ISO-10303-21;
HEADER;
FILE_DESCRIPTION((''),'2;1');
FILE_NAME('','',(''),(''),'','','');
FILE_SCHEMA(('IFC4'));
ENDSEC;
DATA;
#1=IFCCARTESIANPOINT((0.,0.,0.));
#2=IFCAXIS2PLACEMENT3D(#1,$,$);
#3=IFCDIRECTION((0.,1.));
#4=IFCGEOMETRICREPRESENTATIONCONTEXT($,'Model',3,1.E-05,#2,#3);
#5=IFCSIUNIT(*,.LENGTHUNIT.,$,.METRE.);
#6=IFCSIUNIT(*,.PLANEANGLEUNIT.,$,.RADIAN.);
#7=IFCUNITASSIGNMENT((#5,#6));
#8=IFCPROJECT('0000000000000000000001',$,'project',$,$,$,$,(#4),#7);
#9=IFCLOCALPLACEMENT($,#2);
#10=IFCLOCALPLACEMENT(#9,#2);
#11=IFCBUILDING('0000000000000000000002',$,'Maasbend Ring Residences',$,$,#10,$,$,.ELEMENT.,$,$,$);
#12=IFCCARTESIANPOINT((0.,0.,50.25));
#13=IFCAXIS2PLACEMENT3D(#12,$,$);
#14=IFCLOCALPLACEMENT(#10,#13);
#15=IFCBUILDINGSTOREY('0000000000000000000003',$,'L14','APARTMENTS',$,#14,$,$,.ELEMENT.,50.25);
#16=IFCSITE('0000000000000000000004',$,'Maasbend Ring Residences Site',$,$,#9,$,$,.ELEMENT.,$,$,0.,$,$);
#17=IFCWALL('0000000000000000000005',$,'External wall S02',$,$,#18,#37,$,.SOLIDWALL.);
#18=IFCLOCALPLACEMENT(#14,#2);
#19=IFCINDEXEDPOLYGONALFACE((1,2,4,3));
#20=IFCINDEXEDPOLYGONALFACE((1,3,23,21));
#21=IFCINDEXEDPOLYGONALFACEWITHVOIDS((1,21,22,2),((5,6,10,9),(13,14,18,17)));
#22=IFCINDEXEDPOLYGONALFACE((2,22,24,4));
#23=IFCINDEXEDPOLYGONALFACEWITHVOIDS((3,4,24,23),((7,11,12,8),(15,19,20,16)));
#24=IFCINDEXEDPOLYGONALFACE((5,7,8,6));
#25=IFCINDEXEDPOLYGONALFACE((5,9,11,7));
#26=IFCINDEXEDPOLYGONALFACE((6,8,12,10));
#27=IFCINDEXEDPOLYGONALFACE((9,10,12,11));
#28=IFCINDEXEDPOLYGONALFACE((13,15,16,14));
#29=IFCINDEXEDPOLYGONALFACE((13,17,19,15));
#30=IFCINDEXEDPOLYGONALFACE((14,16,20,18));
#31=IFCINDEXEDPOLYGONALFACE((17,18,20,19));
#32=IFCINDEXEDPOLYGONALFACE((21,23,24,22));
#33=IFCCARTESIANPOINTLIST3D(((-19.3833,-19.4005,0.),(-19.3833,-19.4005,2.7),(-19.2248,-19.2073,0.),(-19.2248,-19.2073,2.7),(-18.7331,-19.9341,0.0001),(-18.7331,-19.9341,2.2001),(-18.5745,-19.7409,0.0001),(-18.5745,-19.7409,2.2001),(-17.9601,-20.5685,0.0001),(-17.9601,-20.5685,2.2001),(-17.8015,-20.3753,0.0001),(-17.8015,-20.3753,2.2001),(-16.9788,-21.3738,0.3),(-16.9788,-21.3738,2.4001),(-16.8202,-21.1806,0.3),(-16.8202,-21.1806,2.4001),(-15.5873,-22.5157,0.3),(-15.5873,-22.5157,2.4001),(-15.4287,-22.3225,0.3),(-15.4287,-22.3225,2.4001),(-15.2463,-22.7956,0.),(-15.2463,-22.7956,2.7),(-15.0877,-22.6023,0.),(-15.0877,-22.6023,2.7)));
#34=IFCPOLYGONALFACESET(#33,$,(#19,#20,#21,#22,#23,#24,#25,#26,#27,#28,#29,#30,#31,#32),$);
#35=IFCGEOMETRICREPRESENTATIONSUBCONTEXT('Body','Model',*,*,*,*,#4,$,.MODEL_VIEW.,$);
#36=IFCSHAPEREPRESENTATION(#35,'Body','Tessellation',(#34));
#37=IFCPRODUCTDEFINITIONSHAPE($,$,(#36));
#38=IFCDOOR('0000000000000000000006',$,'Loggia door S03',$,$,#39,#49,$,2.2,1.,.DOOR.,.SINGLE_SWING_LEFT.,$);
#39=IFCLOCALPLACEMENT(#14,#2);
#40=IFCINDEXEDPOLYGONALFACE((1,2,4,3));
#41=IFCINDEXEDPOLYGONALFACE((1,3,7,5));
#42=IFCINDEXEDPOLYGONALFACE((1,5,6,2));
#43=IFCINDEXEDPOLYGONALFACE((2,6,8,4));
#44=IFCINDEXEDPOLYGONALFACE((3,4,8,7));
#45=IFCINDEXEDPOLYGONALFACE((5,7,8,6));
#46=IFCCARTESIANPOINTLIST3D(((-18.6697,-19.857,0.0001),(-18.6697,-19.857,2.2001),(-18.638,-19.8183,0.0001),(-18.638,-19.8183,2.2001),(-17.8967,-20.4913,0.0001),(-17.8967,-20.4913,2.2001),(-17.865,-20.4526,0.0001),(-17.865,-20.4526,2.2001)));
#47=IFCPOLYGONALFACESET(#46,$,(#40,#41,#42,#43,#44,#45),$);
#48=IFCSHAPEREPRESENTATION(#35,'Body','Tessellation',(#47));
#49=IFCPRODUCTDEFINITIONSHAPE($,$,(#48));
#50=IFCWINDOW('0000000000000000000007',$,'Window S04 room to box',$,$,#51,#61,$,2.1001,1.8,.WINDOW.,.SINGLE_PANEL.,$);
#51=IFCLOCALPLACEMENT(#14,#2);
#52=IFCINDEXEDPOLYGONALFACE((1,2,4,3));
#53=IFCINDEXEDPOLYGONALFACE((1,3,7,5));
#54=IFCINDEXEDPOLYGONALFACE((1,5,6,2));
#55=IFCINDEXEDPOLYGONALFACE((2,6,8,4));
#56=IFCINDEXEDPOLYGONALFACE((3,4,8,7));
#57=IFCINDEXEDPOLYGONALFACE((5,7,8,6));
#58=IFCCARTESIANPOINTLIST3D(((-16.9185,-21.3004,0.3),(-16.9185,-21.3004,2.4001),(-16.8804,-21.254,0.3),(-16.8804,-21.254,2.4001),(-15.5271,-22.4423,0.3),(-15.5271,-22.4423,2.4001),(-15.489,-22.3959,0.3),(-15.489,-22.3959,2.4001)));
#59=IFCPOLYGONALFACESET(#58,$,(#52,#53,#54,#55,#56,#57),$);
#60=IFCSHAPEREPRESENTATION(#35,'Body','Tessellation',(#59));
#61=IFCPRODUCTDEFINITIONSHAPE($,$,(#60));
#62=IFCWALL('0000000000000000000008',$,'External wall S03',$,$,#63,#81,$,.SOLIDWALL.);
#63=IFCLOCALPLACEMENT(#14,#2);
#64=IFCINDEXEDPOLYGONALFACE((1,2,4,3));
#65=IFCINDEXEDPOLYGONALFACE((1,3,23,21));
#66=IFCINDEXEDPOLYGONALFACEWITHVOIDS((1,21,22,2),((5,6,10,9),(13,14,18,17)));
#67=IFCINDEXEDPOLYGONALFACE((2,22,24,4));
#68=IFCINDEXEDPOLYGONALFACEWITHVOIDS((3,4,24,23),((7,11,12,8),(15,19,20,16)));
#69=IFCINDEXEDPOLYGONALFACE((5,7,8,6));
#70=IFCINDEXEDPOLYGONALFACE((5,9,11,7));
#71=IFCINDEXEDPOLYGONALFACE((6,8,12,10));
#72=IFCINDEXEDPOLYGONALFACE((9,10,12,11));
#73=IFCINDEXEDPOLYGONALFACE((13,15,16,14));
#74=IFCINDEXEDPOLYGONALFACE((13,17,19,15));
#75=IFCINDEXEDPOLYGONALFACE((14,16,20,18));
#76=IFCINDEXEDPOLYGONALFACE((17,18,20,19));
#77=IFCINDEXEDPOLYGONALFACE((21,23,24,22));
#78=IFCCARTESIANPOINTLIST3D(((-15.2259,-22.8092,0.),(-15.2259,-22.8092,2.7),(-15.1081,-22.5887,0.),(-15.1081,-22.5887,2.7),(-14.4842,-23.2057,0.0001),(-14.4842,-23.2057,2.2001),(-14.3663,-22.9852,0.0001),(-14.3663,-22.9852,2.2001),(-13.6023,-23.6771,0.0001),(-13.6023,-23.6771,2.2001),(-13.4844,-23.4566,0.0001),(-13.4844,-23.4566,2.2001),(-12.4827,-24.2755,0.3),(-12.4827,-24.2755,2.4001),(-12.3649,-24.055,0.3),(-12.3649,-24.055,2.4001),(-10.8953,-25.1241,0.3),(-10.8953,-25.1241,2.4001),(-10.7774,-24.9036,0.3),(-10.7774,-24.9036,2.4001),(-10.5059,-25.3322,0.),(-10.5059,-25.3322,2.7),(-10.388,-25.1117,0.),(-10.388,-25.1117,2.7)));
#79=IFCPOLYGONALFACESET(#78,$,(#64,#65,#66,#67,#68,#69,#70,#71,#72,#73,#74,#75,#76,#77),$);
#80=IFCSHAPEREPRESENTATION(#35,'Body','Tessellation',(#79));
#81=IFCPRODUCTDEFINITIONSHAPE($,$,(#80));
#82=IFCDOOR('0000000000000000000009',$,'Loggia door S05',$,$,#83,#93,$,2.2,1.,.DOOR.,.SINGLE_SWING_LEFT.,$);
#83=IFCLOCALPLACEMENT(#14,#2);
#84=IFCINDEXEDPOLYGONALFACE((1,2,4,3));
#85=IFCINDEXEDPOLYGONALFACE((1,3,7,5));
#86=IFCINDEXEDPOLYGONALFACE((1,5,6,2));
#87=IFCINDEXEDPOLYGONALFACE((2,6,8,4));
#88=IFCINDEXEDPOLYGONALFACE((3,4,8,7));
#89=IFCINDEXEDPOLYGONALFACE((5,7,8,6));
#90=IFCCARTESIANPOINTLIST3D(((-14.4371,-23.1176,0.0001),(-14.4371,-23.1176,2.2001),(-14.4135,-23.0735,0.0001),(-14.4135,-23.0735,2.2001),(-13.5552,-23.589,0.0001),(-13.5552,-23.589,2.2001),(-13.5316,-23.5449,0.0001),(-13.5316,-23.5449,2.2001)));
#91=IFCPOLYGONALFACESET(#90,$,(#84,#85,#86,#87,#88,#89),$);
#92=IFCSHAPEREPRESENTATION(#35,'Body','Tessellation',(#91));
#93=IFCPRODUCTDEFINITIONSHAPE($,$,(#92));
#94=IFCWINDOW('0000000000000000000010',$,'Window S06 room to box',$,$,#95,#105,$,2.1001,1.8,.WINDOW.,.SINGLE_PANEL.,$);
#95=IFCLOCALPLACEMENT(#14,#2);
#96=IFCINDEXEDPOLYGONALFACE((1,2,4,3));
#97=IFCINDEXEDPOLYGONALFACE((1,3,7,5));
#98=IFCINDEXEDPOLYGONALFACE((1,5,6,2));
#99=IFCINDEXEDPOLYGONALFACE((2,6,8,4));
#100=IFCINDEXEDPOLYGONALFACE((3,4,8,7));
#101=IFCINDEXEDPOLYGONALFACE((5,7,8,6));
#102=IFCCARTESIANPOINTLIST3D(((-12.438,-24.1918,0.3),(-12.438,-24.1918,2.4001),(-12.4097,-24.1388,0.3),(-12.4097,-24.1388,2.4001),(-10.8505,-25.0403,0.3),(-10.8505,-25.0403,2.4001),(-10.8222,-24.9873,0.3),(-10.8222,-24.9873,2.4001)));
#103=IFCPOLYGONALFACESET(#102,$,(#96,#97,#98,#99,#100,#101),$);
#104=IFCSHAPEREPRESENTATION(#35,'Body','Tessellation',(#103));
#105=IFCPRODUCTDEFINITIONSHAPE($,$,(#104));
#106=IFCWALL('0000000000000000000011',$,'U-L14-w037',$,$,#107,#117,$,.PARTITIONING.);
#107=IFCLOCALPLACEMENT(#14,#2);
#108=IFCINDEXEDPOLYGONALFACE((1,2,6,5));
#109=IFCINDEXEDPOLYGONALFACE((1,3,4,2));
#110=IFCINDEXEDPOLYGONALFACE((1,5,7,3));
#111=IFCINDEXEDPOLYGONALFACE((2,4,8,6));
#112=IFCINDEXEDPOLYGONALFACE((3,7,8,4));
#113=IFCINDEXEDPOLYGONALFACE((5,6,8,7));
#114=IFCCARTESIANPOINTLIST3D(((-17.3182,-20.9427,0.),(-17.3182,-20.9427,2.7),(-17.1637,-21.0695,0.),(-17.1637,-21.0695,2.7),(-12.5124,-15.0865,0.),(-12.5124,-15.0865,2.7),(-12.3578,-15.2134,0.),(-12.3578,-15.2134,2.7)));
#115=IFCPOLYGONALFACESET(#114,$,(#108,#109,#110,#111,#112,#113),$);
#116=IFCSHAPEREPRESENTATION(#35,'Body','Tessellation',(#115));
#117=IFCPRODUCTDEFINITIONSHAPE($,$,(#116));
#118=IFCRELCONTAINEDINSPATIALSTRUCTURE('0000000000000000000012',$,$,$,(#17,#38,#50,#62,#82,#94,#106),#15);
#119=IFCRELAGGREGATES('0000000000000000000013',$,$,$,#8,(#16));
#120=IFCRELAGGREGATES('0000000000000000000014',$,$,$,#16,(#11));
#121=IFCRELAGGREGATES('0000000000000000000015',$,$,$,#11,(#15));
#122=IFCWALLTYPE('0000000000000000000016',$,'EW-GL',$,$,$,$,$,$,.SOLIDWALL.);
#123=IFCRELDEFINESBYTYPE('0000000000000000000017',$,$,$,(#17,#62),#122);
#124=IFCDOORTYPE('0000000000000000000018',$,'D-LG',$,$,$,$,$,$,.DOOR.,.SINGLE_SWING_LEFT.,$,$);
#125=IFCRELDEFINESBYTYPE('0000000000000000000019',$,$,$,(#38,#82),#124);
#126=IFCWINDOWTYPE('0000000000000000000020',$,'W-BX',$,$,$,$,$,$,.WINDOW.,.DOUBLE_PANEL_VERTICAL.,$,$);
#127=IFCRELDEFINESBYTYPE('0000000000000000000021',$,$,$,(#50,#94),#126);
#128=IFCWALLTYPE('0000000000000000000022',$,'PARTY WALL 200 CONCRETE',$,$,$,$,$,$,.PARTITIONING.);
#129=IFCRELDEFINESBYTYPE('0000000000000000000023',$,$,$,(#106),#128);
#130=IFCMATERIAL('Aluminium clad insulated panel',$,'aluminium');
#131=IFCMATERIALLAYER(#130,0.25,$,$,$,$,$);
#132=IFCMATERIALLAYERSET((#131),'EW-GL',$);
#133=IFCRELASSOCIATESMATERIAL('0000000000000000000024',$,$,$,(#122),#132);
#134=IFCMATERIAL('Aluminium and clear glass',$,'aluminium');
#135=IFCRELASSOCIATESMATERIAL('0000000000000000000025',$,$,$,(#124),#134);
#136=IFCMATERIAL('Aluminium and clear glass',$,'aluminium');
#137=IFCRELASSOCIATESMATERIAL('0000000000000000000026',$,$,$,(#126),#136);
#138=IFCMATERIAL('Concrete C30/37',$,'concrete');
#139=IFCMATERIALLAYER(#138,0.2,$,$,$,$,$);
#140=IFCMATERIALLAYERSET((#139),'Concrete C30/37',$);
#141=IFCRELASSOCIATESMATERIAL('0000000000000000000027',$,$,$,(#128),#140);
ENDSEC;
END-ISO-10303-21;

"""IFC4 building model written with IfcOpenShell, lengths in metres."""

from ifc_helpers import new_model, si_unit, direction, frame, frame_2d, origin, place, context, subcontext, project, spatial, rectangle, extrude, material, layer, layer_set, type_object, element, fill, save


model = new_model("IFC4")

# Units and contexts
model_context = context("Model", 3, precision=1e-05, world=origin(), true_north=direction((0.0, 1.0)))
body_context = subcontext(model_context, "Body", "Model", "MODEL_VIEW")
ifc_project = project(units=[si_unit("LENGTHUNIT", "METRE"), si_unit("PLANEANGLEUNIT", "RADIAN")], contexts=[model_context])

# Site, building, storey
site_placement = place(None, origin())
site = spatial("IfcSite", under=ifc_project, at=site_placement, Name="Maasbend Ring Residences Site", CompositionType="ELEMENT", RefElevation=0.0)
building_placement = place(site_placement, origin())
building = spatial("IfcBuilding", under=site, at=building_placement, Name="Maasbend Ring Residences", CompositionType="ELEMENT")
storey_placement = place(building_placement, frame((0.0, 0.0, 50.25)))
storey = spatial("IfcBuildingStorey", under=building, at=storey_placement, Name="L14", Description="APARTMENTS", CompositionType="ELEMENT", Elevation=50.25)

# Walls, openings, doors, windows
ifc_material_1 = material(Name="Aluminium clad insulated panel", Category="aluminium")
ifc_layer_1 = layer(ifc_material_1, 0.25)
ifc_layer_set_1 = layer_set([ifc_layer_1], Name="EW-GL")
wall_type_1 = type_object("IfcWallType", Name="EW-GL", PredefinedType="SOLIDWALL", material=ifc_layer_set_1)
wall_1_placement = place(storey_placement, frame((-19.304, -19.304, 0.0), z_axis=(0.0, 0.0, 1.0), x_axis=(0.773019, -0.634382, 0.0)))
wall_1 = element("IfcWall", 1, at=wall_1_placement, inside=storey, type_object=wall_type_1, Name="External wall S02", PredefinedType="SOLIDWALL", context=body_context, shape_type="SweptSolid", body=[
    extrude(rectangle(XDim=5.3518, YDim=0.25, at=frame_2d((2.6758, 0.0))), origin(), (0.0, 0.0, 1.0), 2.7),
])
opening_1_placement = place(wall_1_placement, frame((0.8411, 0.0, 0.0)))
opening_1 = element("IfcOpeningElement", 2, at=opening_1_placement, cuts=wall_1, PredefinedType="OPENING", context=body_context, shape_type="SweptSolid", body=[
    extrude(rectangle(XDim=1.0, YDim=2.2, at=frame_2d((0.5, 1.1001))), frame((0.0, 0.135, 0.0), z_axis=(0.0, -1.0, 0.0), x_axis=(1.0, 0.0, 0.0)), (0.0, 0.0, 1.0), 0.27),
])
opening_2_placement = place(wall_1_placement, frame((3.1106, 0.0, 0.3)))
opening_2 = element("IfcOpeningElement", 3, at=opening_2_placement, cuts=wall_1, PredefinedType="OPENING", context=body_context, shape_type="SweptSolid", body=[
    extrude(rectangle(XDim=1.8, YDim=2.1001, at=frame_2d((0.8999, 1.05))), frame((0.0, 0.135, 0.0), z_axis=(0.0, -1.0, 0.0), x_axis=(1.0, 0.0, 0.0)), (0.0, 0.0, 1.0), 0.27),
])
ifc_material_2 = material(Name="Aluminium and clear glass", Category="aluminium")
door_type = type_object("IfcDoorType", Name="D-LG", OperationType="SINGLE_SWING_LEFT", PredefinedType="DOOR", material=ifc_material_2)
door_1_placement = place(opening_1_placement, origin())
door_1 = element("IfcDoor", 4, at=door_1_placement, inside=storey, type_object=door_type, Name="Loggia door S03", OperationType="SINGLE_SWING_LEFT", OverallHeight=2.2, OverallWidth=1.0, PredefinedType="DOOR", context=body_context, shape_type="SweptSolid", body=[
    extrude(rectangle(XDim=1.0, YDim=2.2, at=frame_2d((0.5, 1.1001))), frame((0.0, 0.0249, 0.0), z_axis=(0.0, -1.0, 0.0), x_axis=(1.0, 0.0, 0.0)), (0.0, 0.0, 1.0), 0.05),
])
fill(opening_1, door_1)
ifc_material_3 = material(Name="Aluminium and clear glass", Category="aluminium")
window_type_1 = type_object("IfcWindowType", Name="W-BX", PartitioningType="DOUBLE_PANEL_VERTICAL", PredefinedType="WINDOW", material=ifc_material_3)
window_1_placement = place(opening_2_placement, origin())
window_1 = element("IfcWindow", 5, at=window_1_placement, inside=storey, type_object=window_type_1, Name="Window S04 room to box", OverallHeight=2.1001, OverallWidth=1.8, PartitioningType="SINGLE_PANEL", PredefinedType="WINDOW", context=body_context, shape_type="SweptSolid", body=[
    extrude(rectangle(XDim=1.8, YDim=2.1001, at=frame_2d((0.8999, 1.05))), frame((0.0, 0.03, 0.0), z_axis=(0.0, -1.0, 0.0), x_axis=(1.0, 0.0, 0.0)), (0.0, 0.0, 1.0), 0.0601),
])
fill(opening_2, window_1)
wall_2_placement = place(storey_placement, frame((-15.167, -22.699, 0.0), z_axis=(0.0, 0.0, 1.0), x_axis=(0.881916, -0.471407, 0.0)))
wall_2 = element("IfcWall", 6, at=wall_2_placement, inside=storey, type_object=wall_type_1, Name="External wall S03", PredefinedType="SOLIDWALL", context=body_context, shape_type="SweptSolid", body=[
    extrude(rectangle(XDim=5.3521, YDim=0.25, at=frame_2d((2.676, 0.0))), origin(), (0.0, 0.0, 1.0), 2.7),
])
opening_3_placement = place(wall_2_placement, frame((0.8411, 0.0, 0.0)))
opening_3 = element("IfcOpeningElement", 7, at=opening_3_placement, cuts=wall_2, PredefinedType="OPENING", context=body_context, shape_type="SweptSolid", body=[
    extrude(rectangle(XDim=1.0, YDim=2.2, at=frame_2d((0.5, 1.1001))), frame((0.0, 0.135, 0.0), z_axis=(0.0, -1.0, 0.0), x_axis=(1.0, 0.0, 0.0)), (0.0, 0.0, 1.0), 0.27),
])
opening_4_placement = place(wall_2_placement, frame((3.1106, 0.0, 0.3)))
opening_4 = element("IfcOpeningElement", 8, at=opening_4_placement, cuts=wall_2, PredefinedType="OPENING", context=body_context, shape_type="SweptSolid", body=[
    extrude(rectangle(XDim=1.8, YDim=2.1001, at=frame_2d((0.8999, 1.05))), frame((0.0, 0.135, 0.0), z_axis=(0.0, -1.0, 0.0), x_axis=(1.0, 0.0, 0.0)), (0.0, 0.0, 1.0), 0.27),
])
door_2_placement = place(opening_3_placement, origin())
door_2 = element("IfcDoor", 9, at=door_2_placement, inside=storey, type_object=door_type, Name="Loggia door S05", OperationType="SINGLE_SWING_LEFT", OverallHeight=2.2, OverallWidth=1.0, PredefinedType="DOOR", context=body_context, shape_type="SweptSolid", body=[
    extrude(rectangle(XDim=1.0, YDim=2.2, at=frame_2d((0.5, 1.1001))), frame((0.0, 0.0249, 0.0), z_axis=(0.0, -1.0, 0.0), x_axis=(1.0, 0.0, 0.0)), (0.0, 0.0, 1.0), 0.05),
])
fill(opening_3, door_2)
window_2_placement = place(opening_4_placement, origin())
window_2 = element("IfcWindow", 10, at=window_2_placement, inside=storey, type_object=window_type_1, Name="Window S06 room to box", OverallHeight=2.1001, OverallWidth=1.8, PartitioningType="SINGLE_PANEL", PredefinedType="WINDOW", context=body_context, shape_type="SweptSolid", body=[
    extrude(rectangle(XDim=1.8, YDim=2.1001, at=frame_2d((0.8999, 1.05))), frame((0.0, 0.03, 0.0), z_axis=(0.0, -1.0, 0.0), x_axis=(1.0, 0.0, 0.0)), (0.0, 0.0, 1.0), 0.0601),
])
fill(opening_4, window_2)

# Wall
ifc_material_4 = material(Name="Concrete C30/37", Category="concrete")
ifc_layer_2 = layer(ifc_material_4, 0.2)
ifc_layer_set_2 = layer_set([ifc_layer_2], Name="Concrete C30/37")
wall_type_2 = type_object("IfcWallType", Name="PARTY WALL 200 CONCRETE", PredefinedType="PARTITIONING", material=ifc_layer_set_2)
wall_3_placement = place(storey_placement, frame((-17.241, -21.0061, 0.0), z_axis=(0.0, 0.0, 1.0), x_axis=(0.634381, 0.77302, 0.0)))
element("IfcWall", 11, at=wall_3_placement, inside=storey, type_object=wall_type_2, Name="U-L14-w037", PredefinedType="PARTITIONING", context=body_context, shape_type="SweptSolid", body=[
    extrude(rectangle(XDim=7.5757, YDim=0.2, at=frame_2d((3.7878, 0.0))), origin(), (0.0, 0.0, 1.0), 2.7),
])

save(model, "model.ifc")
